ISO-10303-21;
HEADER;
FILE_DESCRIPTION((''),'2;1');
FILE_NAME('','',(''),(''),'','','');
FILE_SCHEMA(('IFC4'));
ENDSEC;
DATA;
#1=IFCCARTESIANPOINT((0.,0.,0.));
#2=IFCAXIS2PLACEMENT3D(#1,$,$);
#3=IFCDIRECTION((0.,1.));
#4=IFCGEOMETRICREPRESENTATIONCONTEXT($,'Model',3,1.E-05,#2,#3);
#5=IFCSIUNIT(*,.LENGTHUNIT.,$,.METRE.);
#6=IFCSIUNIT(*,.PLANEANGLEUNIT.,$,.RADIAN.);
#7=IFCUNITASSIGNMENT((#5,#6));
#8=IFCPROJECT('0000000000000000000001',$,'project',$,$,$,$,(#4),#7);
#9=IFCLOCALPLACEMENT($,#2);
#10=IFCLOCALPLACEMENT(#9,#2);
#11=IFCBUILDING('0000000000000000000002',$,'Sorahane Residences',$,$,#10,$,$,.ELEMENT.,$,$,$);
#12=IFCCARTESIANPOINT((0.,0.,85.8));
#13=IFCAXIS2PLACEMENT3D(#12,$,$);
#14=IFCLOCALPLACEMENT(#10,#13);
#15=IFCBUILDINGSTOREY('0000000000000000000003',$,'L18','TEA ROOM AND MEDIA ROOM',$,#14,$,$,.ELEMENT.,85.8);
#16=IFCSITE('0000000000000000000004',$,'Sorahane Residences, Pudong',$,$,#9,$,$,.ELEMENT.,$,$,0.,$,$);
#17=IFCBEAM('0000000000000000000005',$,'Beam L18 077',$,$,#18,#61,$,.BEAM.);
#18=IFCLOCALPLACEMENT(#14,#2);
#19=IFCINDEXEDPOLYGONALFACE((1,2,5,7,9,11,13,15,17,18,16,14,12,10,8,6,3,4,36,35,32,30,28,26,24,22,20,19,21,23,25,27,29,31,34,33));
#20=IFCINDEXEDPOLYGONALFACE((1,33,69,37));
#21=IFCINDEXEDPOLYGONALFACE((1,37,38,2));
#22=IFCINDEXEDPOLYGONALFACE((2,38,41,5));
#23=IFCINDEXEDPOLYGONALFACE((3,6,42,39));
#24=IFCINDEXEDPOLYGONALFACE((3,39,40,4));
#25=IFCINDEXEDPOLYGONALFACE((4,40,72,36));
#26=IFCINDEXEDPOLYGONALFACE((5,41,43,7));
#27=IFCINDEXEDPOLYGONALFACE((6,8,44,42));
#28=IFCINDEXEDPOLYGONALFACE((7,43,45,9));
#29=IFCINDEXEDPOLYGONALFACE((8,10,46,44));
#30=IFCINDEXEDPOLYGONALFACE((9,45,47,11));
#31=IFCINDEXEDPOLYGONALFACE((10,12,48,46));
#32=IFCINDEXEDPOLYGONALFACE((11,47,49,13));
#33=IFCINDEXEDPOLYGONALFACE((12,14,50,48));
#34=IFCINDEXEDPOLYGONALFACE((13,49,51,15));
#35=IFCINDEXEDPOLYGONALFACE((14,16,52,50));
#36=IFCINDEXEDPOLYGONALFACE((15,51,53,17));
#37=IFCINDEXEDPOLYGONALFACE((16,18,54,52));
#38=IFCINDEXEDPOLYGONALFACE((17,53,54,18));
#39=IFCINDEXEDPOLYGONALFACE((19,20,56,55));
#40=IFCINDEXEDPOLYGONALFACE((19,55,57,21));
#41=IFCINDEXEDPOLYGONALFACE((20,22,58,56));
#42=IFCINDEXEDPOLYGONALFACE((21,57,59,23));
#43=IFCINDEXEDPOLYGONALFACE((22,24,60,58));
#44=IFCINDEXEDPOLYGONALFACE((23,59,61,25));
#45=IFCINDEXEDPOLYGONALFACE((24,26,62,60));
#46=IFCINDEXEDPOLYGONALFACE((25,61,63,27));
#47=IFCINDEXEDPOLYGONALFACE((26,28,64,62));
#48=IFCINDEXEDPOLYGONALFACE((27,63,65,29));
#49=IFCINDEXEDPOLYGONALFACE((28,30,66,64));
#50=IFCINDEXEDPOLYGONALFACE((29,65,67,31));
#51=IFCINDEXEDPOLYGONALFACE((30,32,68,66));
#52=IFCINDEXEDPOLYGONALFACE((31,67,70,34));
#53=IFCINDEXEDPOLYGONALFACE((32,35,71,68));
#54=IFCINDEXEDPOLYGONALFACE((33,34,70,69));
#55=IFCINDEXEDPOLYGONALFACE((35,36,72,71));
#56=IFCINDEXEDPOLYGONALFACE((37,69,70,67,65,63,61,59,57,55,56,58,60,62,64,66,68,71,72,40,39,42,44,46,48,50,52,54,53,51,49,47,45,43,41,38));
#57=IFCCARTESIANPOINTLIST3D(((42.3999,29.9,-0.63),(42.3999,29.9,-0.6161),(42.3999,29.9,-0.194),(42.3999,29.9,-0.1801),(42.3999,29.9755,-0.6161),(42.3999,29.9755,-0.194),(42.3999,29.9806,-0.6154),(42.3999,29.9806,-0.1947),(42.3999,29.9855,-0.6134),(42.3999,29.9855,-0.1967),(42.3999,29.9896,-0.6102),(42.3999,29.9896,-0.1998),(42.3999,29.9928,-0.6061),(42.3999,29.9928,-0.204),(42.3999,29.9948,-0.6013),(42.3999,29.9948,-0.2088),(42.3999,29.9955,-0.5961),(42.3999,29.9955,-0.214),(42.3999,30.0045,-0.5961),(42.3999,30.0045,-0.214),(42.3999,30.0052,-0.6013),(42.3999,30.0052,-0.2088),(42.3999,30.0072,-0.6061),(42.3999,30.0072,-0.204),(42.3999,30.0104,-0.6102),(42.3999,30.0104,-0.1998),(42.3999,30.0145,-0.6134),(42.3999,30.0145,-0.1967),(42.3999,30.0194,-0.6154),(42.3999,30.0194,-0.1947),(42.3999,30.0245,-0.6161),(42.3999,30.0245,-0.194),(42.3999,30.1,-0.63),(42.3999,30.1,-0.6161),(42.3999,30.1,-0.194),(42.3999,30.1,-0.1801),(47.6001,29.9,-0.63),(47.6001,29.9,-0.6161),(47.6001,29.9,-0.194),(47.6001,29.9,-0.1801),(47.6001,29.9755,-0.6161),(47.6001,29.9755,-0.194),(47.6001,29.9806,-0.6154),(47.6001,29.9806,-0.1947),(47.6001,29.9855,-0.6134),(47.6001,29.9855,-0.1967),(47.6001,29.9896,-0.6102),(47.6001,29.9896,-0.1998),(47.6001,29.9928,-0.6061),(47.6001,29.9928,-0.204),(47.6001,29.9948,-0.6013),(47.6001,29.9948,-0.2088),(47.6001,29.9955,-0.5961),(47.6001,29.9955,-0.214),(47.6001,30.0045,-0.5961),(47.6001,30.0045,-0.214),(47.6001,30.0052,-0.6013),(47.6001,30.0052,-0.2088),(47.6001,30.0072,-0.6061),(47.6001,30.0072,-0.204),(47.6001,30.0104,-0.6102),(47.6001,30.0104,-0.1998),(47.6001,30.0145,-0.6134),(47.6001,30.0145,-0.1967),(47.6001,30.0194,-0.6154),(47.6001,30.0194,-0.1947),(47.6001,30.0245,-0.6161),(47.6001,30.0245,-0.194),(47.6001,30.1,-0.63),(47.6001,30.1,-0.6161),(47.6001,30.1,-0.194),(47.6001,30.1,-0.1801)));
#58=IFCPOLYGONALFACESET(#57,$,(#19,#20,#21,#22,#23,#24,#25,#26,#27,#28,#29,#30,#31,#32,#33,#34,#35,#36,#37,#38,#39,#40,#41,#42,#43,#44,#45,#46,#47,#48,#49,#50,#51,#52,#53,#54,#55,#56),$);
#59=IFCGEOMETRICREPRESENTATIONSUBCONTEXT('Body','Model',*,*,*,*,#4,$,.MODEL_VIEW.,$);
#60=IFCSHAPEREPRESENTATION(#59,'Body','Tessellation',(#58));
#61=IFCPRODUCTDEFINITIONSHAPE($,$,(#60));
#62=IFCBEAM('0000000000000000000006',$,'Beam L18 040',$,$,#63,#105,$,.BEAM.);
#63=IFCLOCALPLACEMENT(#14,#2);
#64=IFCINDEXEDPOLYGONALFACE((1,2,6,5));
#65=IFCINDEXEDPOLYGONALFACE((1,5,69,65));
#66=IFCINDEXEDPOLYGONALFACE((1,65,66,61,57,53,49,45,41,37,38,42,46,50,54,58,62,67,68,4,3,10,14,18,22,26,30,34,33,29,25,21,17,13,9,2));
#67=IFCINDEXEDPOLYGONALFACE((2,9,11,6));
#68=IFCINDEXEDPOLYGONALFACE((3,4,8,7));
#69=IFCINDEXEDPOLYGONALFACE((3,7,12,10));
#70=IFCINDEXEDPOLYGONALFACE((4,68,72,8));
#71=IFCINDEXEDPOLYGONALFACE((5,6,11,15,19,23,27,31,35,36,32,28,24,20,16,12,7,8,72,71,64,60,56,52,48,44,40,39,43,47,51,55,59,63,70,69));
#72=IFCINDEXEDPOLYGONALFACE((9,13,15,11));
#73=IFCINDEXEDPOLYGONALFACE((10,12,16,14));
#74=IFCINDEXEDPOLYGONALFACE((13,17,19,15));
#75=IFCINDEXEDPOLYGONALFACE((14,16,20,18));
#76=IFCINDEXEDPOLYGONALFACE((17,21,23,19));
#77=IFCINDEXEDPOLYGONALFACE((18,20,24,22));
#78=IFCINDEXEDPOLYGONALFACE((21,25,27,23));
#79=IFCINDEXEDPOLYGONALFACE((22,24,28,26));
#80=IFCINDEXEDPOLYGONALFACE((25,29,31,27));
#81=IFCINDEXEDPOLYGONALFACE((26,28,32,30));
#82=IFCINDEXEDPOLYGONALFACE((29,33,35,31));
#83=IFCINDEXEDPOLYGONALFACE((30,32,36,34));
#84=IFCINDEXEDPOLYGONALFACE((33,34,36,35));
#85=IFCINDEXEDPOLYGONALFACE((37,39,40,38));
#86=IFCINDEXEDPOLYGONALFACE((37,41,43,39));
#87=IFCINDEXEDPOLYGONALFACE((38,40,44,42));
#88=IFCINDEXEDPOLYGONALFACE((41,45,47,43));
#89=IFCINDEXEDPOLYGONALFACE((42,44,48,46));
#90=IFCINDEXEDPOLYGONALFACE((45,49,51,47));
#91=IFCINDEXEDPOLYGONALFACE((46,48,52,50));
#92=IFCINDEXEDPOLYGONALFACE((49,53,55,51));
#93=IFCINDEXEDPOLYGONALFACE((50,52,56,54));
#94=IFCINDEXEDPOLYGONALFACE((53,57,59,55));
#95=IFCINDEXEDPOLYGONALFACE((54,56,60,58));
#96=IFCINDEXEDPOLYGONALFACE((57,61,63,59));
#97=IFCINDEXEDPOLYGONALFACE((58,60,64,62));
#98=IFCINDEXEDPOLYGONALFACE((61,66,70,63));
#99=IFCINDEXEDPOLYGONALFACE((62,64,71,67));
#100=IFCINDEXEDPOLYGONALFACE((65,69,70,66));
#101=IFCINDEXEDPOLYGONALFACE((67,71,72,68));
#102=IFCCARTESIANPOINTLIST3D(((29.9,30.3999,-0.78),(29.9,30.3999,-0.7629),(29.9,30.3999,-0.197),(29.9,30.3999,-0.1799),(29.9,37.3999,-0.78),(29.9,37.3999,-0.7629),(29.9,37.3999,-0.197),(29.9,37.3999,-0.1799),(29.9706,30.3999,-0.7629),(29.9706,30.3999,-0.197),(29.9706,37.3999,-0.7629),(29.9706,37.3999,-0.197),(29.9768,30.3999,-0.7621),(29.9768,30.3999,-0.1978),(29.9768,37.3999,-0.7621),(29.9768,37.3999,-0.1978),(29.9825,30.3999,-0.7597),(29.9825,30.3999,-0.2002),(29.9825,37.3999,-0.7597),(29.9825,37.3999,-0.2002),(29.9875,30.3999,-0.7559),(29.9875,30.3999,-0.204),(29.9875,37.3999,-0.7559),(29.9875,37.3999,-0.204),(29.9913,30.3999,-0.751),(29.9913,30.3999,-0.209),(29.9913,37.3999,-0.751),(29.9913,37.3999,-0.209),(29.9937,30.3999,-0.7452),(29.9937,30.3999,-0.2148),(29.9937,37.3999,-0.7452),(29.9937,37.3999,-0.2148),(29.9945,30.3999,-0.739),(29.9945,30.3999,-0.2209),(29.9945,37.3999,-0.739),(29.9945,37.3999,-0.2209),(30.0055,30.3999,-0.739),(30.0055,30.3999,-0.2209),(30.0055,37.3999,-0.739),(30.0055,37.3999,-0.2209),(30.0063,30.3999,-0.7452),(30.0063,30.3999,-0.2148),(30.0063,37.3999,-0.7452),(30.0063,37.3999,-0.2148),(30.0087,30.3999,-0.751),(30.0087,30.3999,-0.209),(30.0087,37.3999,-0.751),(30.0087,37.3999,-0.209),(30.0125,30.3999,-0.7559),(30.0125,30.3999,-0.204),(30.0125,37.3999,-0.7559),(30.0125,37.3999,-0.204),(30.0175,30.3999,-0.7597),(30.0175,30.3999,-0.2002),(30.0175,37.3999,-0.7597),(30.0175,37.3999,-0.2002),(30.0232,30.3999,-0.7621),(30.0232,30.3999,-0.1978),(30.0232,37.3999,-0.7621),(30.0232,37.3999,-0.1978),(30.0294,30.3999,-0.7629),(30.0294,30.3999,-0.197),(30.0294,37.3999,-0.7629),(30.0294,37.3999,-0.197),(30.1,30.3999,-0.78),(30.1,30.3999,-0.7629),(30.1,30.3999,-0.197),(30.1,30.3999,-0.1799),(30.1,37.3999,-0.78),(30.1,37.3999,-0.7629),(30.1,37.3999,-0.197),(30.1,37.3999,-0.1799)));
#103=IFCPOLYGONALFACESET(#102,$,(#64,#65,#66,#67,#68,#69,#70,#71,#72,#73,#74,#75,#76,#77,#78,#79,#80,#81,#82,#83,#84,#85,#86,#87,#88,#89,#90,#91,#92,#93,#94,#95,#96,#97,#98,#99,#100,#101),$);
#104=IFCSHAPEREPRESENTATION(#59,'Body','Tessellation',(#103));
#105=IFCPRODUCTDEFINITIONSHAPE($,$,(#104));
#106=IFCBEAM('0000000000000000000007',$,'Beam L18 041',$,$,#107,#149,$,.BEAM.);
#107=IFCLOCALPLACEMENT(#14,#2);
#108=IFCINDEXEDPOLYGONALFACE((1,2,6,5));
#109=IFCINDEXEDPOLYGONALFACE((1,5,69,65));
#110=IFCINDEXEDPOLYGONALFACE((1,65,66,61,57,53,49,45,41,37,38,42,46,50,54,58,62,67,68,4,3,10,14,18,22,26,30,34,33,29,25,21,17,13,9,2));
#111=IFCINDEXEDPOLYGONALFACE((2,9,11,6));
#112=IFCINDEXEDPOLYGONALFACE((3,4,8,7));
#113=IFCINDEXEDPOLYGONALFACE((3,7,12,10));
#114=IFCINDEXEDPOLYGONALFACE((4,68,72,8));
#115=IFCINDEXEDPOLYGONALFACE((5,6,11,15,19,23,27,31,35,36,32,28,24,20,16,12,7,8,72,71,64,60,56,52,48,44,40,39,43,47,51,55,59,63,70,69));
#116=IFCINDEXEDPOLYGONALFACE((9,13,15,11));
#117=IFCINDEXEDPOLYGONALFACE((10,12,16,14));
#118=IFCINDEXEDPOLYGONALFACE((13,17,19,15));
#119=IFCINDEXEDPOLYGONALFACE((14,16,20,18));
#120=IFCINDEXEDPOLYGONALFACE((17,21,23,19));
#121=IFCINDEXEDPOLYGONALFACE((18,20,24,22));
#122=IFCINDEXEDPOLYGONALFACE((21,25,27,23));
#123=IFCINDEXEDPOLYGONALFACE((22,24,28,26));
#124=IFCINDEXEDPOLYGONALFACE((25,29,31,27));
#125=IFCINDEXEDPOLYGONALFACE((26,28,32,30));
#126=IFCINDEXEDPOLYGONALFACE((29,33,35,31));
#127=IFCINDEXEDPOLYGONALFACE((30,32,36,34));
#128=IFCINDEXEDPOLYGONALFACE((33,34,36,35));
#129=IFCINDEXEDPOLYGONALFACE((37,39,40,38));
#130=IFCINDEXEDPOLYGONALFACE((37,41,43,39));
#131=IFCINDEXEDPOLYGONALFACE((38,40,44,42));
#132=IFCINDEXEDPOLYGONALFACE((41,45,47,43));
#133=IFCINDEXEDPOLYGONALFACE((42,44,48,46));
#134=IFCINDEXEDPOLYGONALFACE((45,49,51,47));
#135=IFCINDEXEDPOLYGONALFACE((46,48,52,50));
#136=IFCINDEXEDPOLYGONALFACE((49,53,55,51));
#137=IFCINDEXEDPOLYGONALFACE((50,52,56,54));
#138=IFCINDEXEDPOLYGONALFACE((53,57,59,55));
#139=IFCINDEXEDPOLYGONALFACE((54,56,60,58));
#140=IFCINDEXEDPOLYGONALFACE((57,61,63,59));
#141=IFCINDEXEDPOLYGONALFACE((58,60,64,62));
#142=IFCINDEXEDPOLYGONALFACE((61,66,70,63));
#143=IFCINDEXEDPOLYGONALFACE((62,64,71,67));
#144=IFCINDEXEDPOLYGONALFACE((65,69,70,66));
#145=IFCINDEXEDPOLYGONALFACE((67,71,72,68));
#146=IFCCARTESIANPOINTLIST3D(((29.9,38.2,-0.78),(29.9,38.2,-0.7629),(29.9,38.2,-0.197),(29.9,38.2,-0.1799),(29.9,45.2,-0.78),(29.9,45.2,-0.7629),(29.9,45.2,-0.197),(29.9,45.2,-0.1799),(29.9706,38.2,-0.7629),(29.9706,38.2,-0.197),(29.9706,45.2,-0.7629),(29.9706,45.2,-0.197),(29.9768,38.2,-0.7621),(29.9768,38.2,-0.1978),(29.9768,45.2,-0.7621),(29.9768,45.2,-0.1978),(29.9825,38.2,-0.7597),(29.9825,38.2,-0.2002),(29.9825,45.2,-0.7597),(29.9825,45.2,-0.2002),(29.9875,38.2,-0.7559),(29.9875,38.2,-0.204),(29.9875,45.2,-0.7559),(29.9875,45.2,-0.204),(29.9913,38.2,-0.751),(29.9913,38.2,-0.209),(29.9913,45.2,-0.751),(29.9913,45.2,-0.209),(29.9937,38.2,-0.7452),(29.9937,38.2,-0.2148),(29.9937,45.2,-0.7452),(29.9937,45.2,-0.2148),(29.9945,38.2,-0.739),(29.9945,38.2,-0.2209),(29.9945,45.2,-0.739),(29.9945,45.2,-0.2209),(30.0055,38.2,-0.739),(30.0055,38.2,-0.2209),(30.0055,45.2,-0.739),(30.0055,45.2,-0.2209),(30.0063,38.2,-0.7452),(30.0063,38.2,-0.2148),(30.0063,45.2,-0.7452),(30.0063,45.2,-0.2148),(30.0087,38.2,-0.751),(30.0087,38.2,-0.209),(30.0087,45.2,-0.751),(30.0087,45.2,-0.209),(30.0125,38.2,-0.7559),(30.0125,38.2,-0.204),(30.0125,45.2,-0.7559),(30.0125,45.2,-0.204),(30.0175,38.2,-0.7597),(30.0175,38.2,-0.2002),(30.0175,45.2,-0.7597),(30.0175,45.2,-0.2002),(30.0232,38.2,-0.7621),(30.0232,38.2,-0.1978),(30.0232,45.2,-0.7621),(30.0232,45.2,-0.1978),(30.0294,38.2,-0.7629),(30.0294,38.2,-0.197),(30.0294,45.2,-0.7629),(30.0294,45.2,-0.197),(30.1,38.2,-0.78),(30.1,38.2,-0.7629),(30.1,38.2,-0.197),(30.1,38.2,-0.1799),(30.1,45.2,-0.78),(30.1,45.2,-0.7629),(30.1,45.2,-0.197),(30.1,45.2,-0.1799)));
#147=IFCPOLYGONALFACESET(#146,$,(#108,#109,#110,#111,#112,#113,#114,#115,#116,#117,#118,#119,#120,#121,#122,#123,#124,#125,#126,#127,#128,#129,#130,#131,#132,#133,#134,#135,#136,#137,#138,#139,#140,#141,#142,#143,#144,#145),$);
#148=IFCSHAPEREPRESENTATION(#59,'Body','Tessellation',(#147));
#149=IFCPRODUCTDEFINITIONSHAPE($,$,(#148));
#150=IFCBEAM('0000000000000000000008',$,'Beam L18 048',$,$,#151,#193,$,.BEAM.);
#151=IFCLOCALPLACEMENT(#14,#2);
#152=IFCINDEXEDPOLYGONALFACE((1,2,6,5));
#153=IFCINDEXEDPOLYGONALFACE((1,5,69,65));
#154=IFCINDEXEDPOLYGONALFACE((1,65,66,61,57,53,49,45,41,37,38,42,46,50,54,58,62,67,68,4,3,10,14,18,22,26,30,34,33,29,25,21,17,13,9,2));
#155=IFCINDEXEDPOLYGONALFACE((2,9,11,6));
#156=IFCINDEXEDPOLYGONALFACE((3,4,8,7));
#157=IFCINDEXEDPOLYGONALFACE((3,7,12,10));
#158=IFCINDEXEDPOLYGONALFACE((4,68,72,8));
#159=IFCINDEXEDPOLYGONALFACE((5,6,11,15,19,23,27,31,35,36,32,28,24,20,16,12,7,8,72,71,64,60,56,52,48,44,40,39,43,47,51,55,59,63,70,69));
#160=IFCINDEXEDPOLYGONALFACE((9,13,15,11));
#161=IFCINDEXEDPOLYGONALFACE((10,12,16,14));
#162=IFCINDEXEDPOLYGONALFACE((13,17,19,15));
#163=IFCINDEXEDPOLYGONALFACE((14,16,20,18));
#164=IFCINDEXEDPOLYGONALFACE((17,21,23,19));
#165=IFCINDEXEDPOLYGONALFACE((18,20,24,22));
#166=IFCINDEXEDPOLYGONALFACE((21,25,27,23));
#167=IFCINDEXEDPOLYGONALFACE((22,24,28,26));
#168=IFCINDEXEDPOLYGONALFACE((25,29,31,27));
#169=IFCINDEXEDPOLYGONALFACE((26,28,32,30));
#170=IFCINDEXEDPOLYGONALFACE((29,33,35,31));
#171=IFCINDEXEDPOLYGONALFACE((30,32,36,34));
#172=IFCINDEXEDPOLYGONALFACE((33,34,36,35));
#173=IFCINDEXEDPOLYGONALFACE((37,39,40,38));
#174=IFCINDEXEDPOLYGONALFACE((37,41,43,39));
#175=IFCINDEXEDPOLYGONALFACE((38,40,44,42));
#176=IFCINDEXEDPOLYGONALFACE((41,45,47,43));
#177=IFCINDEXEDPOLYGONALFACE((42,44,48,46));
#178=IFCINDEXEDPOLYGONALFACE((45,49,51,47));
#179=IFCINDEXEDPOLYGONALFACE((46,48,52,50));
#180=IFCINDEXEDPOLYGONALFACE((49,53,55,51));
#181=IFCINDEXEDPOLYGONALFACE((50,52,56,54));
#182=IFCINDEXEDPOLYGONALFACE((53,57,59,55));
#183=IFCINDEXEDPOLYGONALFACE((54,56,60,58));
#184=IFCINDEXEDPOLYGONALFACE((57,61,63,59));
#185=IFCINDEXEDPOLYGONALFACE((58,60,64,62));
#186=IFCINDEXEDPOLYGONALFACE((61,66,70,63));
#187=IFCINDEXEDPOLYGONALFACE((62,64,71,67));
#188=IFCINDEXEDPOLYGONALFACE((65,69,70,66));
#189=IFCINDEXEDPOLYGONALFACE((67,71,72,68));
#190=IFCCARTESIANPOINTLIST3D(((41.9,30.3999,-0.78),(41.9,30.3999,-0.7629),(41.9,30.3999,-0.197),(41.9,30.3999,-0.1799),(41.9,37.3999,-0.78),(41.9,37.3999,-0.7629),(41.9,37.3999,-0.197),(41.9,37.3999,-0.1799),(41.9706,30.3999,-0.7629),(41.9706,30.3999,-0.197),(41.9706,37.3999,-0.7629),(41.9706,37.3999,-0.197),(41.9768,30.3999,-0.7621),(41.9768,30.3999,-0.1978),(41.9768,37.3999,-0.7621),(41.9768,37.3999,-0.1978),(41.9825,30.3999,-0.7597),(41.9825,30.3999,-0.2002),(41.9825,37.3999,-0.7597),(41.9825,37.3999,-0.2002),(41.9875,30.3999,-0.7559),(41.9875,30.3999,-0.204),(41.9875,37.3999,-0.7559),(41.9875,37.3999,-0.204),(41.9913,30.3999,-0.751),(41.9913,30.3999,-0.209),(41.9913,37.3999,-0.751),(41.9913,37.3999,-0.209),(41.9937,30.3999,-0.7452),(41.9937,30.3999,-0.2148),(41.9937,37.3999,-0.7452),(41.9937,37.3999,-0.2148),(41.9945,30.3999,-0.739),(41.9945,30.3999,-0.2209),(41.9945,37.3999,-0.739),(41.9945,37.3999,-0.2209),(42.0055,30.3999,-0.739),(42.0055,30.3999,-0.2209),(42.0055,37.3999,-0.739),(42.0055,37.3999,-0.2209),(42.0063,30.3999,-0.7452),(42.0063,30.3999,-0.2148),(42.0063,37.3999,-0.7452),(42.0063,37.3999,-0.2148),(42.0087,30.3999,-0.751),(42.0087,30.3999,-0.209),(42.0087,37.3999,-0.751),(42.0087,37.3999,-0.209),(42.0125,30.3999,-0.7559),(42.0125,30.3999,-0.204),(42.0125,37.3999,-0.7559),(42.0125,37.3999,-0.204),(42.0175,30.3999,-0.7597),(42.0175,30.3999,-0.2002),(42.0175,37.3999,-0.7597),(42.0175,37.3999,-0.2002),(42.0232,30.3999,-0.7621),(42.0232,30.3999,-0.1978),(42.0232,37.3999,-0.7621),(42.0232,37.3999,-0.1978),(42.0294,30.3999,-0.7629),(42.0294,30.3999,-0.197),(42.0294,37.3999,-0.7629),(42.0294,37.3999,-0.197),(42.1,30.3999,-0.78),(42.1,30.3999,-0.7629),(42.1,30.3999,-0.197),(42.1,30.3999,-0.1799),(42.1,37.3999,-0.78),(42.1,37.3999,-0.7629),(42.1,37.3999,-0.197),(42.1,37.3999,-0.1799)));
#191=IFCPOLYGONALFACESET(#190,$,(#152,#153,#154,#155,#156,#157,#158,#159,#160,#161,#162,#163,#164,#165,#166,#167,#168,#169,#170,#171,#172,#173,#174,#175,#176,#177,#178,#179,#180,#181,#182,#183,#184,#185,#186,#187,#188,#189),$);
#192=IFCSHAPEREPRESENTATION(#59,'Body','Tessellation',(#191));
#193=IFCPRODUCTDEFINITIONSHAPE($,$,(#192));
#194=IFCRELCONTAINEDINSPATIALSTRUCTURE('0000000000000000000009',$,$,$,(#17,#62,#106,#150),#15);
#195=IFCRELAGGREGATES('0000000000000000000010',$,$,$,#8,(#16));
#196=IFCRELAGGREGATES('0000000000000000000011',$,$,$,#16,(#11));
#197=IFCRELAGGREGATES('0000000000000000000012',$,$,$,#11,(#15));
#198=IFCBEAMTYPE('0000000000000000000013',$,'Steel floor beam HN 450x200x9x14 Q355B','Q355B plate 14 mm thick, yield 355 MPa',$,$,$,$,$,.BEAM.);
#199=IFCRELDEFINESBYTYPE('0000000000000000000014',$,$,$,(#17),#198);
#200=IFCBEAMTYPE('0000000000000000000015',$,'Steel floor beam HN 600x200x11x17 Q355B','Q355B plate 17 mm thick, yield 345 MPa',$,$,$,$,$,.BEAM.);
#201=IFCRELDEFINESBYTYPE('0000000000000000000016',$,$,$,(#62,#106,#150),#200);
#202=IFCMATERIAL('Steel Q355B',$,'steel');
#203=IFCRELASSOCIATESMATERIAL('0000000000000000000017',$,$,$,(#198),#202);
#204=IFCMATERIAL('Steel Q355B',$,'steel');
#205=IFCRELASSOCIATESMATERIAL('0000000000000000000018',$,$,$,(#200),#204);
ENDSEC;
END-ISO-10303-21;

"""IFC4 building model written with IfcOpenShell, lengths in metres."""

from ifc_helpers import new_model, si_unit, direction, frame, origin, origin_2d, place, context, subcontext, project, spatial, i_section, extrude, material, material_profile, profile_set, type_object, element, save


model = new_model("IFC4")

# Units and contexts
model_context = context("Model", 3, precision=1e-05, world=origin(), true_north=direction((0.0, 1.0)))
body_context = subcontext(model_context, "Body", "Model", "MODEL_VIEW")
ifc_project = project(units=[si_unit("LENGTHUNIT", "METRE"), si_unit("PLANEANGLEUNIT", "RADIAN")], contexts=[model_context])

# Site, building, storey
site_placement = place(None, origin())
site = spatial("IfcSite", under=ifc_project, at=site_placement, Name="Sorahane Residences, Pudong", CompositionType="ELEMENT", RefElevation=0.0)
building_placement = place(site_placement, origin())
building = spatial("IfcBuilding", under=site, at=building_placement, Name="Sorahane Residences", CompositionType="ELEMENT")
storey_placement = place(building_placement, frame((0.0, 0.0, 85.8)))
storey = spatial("IfcBuildingStorey", under=building, at=storey_placement, Name="L18", Description="TEA ROOM AND MEDIA ROOM", CompositionType="ELEMENT", Elevation=85.8)

# Beams
ifc_material_1 = material(Name="Steel Q355B", Category="steel")
ifc_material_profile_1 = material_profile(ifc_material_1, i_section(OverallWidth=0.2, OverallDepth=0.45, WebThickness=0.009, FlangeThickness=0.0139, FilletRadius=0.02, at=origin_2d()), Name="HN 450x200x9x14")
ifc_profile_set_1 = profile_set([ifc_material_profile_1], Name="Steel Q355B")
beam_type_1 = type_object("IfcBeamType", Name="Steel floor beam HN 450x200x9x14 Q355B", Description="Q355B plate 14 mm thick, yield 355 MPa", PredefinedType="BEAM", material=ifc_profile_set_1)
beam_placement = place(storey_placement, frame((42.3999, 30.0, -0.405), z_axis=(1.0, 0.0, 0.0), x_axis=(0.0, 1.0, 0.0)))
element("IfcBeam", 1, at=beam_placement, inside=storey, type_object=beam_type_1, Name="Beam L18 077", PredefinedType="BEAM", context=body_context, shape_type="SweptSolid", body=[
    extrude(i_section(OverallWidth=0.2, OverallDepth=0.45, WebThickness=0.009, FlangeThickness=0.0139, FilletRadius=0.02, at=origin_2d()), origin(), (0.0, 0.0, 1.0), 5.2002),
])
ifc_material_2 = material(Name="Steel Q355B", Category="steel")
ifc_material_profile_2 = material_profile(ifc_material_2, i_section(OverallWidth=0.2, OverallDepth=0.6001, WebThickness=0.011, FlangeThickness=0.0171, FilletRadius=0.0239, at=origin_2d()), Name="HN 600x200x11x17")
ifc_profile_set_2 = profile_set([ifc_material_profile_2], Name="Steel Q355B")
beam_type_2 = type_object("IfcBeamType", Name="Steel floor beam HN 600x200x11x17 Q355B", Description="Q355B plate 17 mm thick, yield 345 MPa", PredefinedType="BEAM", material=ifc_profile_set_2)
for number, where, z_axis, x_axis, name in (
    (2, (30.0, 30.3999, -0.48), (0.0, 1.0, 0.0), (-1.0, 0.0, 0.0), "Beam L18 040"),
    (3, (30.0, 38.2, -0.48), (0.0, 1.0, 0.0), (-1.0, 0.0, 0.0), "Beam L18 041"),
    (4, (42.0, 30.3999, -0.48), (0.0, 1.0, 0.0), (-1.0, 0.0, 0.0), "Beam L18 048"),
):
    element("IfcBeam", number, at=place(storey_placement, frame(where, z_axis=z_axis, x_axis=x_axis)), inside=storey, type_object=beam_type_2, Name=name, PredefinedType="BEAM", context=body_context, shape_type="SweptSolid", body=[
        extrude(i_section(OverallWidth=0.2, OverallDepth=0.6001, WebThickness=0.011, FlangeThickness=0.0171, FilletRadius=0.0239, at=origin_2d()), origin(), (0.0, 0.0, 1.0), 7.0),
    ])

save(model, "model.ifc")
